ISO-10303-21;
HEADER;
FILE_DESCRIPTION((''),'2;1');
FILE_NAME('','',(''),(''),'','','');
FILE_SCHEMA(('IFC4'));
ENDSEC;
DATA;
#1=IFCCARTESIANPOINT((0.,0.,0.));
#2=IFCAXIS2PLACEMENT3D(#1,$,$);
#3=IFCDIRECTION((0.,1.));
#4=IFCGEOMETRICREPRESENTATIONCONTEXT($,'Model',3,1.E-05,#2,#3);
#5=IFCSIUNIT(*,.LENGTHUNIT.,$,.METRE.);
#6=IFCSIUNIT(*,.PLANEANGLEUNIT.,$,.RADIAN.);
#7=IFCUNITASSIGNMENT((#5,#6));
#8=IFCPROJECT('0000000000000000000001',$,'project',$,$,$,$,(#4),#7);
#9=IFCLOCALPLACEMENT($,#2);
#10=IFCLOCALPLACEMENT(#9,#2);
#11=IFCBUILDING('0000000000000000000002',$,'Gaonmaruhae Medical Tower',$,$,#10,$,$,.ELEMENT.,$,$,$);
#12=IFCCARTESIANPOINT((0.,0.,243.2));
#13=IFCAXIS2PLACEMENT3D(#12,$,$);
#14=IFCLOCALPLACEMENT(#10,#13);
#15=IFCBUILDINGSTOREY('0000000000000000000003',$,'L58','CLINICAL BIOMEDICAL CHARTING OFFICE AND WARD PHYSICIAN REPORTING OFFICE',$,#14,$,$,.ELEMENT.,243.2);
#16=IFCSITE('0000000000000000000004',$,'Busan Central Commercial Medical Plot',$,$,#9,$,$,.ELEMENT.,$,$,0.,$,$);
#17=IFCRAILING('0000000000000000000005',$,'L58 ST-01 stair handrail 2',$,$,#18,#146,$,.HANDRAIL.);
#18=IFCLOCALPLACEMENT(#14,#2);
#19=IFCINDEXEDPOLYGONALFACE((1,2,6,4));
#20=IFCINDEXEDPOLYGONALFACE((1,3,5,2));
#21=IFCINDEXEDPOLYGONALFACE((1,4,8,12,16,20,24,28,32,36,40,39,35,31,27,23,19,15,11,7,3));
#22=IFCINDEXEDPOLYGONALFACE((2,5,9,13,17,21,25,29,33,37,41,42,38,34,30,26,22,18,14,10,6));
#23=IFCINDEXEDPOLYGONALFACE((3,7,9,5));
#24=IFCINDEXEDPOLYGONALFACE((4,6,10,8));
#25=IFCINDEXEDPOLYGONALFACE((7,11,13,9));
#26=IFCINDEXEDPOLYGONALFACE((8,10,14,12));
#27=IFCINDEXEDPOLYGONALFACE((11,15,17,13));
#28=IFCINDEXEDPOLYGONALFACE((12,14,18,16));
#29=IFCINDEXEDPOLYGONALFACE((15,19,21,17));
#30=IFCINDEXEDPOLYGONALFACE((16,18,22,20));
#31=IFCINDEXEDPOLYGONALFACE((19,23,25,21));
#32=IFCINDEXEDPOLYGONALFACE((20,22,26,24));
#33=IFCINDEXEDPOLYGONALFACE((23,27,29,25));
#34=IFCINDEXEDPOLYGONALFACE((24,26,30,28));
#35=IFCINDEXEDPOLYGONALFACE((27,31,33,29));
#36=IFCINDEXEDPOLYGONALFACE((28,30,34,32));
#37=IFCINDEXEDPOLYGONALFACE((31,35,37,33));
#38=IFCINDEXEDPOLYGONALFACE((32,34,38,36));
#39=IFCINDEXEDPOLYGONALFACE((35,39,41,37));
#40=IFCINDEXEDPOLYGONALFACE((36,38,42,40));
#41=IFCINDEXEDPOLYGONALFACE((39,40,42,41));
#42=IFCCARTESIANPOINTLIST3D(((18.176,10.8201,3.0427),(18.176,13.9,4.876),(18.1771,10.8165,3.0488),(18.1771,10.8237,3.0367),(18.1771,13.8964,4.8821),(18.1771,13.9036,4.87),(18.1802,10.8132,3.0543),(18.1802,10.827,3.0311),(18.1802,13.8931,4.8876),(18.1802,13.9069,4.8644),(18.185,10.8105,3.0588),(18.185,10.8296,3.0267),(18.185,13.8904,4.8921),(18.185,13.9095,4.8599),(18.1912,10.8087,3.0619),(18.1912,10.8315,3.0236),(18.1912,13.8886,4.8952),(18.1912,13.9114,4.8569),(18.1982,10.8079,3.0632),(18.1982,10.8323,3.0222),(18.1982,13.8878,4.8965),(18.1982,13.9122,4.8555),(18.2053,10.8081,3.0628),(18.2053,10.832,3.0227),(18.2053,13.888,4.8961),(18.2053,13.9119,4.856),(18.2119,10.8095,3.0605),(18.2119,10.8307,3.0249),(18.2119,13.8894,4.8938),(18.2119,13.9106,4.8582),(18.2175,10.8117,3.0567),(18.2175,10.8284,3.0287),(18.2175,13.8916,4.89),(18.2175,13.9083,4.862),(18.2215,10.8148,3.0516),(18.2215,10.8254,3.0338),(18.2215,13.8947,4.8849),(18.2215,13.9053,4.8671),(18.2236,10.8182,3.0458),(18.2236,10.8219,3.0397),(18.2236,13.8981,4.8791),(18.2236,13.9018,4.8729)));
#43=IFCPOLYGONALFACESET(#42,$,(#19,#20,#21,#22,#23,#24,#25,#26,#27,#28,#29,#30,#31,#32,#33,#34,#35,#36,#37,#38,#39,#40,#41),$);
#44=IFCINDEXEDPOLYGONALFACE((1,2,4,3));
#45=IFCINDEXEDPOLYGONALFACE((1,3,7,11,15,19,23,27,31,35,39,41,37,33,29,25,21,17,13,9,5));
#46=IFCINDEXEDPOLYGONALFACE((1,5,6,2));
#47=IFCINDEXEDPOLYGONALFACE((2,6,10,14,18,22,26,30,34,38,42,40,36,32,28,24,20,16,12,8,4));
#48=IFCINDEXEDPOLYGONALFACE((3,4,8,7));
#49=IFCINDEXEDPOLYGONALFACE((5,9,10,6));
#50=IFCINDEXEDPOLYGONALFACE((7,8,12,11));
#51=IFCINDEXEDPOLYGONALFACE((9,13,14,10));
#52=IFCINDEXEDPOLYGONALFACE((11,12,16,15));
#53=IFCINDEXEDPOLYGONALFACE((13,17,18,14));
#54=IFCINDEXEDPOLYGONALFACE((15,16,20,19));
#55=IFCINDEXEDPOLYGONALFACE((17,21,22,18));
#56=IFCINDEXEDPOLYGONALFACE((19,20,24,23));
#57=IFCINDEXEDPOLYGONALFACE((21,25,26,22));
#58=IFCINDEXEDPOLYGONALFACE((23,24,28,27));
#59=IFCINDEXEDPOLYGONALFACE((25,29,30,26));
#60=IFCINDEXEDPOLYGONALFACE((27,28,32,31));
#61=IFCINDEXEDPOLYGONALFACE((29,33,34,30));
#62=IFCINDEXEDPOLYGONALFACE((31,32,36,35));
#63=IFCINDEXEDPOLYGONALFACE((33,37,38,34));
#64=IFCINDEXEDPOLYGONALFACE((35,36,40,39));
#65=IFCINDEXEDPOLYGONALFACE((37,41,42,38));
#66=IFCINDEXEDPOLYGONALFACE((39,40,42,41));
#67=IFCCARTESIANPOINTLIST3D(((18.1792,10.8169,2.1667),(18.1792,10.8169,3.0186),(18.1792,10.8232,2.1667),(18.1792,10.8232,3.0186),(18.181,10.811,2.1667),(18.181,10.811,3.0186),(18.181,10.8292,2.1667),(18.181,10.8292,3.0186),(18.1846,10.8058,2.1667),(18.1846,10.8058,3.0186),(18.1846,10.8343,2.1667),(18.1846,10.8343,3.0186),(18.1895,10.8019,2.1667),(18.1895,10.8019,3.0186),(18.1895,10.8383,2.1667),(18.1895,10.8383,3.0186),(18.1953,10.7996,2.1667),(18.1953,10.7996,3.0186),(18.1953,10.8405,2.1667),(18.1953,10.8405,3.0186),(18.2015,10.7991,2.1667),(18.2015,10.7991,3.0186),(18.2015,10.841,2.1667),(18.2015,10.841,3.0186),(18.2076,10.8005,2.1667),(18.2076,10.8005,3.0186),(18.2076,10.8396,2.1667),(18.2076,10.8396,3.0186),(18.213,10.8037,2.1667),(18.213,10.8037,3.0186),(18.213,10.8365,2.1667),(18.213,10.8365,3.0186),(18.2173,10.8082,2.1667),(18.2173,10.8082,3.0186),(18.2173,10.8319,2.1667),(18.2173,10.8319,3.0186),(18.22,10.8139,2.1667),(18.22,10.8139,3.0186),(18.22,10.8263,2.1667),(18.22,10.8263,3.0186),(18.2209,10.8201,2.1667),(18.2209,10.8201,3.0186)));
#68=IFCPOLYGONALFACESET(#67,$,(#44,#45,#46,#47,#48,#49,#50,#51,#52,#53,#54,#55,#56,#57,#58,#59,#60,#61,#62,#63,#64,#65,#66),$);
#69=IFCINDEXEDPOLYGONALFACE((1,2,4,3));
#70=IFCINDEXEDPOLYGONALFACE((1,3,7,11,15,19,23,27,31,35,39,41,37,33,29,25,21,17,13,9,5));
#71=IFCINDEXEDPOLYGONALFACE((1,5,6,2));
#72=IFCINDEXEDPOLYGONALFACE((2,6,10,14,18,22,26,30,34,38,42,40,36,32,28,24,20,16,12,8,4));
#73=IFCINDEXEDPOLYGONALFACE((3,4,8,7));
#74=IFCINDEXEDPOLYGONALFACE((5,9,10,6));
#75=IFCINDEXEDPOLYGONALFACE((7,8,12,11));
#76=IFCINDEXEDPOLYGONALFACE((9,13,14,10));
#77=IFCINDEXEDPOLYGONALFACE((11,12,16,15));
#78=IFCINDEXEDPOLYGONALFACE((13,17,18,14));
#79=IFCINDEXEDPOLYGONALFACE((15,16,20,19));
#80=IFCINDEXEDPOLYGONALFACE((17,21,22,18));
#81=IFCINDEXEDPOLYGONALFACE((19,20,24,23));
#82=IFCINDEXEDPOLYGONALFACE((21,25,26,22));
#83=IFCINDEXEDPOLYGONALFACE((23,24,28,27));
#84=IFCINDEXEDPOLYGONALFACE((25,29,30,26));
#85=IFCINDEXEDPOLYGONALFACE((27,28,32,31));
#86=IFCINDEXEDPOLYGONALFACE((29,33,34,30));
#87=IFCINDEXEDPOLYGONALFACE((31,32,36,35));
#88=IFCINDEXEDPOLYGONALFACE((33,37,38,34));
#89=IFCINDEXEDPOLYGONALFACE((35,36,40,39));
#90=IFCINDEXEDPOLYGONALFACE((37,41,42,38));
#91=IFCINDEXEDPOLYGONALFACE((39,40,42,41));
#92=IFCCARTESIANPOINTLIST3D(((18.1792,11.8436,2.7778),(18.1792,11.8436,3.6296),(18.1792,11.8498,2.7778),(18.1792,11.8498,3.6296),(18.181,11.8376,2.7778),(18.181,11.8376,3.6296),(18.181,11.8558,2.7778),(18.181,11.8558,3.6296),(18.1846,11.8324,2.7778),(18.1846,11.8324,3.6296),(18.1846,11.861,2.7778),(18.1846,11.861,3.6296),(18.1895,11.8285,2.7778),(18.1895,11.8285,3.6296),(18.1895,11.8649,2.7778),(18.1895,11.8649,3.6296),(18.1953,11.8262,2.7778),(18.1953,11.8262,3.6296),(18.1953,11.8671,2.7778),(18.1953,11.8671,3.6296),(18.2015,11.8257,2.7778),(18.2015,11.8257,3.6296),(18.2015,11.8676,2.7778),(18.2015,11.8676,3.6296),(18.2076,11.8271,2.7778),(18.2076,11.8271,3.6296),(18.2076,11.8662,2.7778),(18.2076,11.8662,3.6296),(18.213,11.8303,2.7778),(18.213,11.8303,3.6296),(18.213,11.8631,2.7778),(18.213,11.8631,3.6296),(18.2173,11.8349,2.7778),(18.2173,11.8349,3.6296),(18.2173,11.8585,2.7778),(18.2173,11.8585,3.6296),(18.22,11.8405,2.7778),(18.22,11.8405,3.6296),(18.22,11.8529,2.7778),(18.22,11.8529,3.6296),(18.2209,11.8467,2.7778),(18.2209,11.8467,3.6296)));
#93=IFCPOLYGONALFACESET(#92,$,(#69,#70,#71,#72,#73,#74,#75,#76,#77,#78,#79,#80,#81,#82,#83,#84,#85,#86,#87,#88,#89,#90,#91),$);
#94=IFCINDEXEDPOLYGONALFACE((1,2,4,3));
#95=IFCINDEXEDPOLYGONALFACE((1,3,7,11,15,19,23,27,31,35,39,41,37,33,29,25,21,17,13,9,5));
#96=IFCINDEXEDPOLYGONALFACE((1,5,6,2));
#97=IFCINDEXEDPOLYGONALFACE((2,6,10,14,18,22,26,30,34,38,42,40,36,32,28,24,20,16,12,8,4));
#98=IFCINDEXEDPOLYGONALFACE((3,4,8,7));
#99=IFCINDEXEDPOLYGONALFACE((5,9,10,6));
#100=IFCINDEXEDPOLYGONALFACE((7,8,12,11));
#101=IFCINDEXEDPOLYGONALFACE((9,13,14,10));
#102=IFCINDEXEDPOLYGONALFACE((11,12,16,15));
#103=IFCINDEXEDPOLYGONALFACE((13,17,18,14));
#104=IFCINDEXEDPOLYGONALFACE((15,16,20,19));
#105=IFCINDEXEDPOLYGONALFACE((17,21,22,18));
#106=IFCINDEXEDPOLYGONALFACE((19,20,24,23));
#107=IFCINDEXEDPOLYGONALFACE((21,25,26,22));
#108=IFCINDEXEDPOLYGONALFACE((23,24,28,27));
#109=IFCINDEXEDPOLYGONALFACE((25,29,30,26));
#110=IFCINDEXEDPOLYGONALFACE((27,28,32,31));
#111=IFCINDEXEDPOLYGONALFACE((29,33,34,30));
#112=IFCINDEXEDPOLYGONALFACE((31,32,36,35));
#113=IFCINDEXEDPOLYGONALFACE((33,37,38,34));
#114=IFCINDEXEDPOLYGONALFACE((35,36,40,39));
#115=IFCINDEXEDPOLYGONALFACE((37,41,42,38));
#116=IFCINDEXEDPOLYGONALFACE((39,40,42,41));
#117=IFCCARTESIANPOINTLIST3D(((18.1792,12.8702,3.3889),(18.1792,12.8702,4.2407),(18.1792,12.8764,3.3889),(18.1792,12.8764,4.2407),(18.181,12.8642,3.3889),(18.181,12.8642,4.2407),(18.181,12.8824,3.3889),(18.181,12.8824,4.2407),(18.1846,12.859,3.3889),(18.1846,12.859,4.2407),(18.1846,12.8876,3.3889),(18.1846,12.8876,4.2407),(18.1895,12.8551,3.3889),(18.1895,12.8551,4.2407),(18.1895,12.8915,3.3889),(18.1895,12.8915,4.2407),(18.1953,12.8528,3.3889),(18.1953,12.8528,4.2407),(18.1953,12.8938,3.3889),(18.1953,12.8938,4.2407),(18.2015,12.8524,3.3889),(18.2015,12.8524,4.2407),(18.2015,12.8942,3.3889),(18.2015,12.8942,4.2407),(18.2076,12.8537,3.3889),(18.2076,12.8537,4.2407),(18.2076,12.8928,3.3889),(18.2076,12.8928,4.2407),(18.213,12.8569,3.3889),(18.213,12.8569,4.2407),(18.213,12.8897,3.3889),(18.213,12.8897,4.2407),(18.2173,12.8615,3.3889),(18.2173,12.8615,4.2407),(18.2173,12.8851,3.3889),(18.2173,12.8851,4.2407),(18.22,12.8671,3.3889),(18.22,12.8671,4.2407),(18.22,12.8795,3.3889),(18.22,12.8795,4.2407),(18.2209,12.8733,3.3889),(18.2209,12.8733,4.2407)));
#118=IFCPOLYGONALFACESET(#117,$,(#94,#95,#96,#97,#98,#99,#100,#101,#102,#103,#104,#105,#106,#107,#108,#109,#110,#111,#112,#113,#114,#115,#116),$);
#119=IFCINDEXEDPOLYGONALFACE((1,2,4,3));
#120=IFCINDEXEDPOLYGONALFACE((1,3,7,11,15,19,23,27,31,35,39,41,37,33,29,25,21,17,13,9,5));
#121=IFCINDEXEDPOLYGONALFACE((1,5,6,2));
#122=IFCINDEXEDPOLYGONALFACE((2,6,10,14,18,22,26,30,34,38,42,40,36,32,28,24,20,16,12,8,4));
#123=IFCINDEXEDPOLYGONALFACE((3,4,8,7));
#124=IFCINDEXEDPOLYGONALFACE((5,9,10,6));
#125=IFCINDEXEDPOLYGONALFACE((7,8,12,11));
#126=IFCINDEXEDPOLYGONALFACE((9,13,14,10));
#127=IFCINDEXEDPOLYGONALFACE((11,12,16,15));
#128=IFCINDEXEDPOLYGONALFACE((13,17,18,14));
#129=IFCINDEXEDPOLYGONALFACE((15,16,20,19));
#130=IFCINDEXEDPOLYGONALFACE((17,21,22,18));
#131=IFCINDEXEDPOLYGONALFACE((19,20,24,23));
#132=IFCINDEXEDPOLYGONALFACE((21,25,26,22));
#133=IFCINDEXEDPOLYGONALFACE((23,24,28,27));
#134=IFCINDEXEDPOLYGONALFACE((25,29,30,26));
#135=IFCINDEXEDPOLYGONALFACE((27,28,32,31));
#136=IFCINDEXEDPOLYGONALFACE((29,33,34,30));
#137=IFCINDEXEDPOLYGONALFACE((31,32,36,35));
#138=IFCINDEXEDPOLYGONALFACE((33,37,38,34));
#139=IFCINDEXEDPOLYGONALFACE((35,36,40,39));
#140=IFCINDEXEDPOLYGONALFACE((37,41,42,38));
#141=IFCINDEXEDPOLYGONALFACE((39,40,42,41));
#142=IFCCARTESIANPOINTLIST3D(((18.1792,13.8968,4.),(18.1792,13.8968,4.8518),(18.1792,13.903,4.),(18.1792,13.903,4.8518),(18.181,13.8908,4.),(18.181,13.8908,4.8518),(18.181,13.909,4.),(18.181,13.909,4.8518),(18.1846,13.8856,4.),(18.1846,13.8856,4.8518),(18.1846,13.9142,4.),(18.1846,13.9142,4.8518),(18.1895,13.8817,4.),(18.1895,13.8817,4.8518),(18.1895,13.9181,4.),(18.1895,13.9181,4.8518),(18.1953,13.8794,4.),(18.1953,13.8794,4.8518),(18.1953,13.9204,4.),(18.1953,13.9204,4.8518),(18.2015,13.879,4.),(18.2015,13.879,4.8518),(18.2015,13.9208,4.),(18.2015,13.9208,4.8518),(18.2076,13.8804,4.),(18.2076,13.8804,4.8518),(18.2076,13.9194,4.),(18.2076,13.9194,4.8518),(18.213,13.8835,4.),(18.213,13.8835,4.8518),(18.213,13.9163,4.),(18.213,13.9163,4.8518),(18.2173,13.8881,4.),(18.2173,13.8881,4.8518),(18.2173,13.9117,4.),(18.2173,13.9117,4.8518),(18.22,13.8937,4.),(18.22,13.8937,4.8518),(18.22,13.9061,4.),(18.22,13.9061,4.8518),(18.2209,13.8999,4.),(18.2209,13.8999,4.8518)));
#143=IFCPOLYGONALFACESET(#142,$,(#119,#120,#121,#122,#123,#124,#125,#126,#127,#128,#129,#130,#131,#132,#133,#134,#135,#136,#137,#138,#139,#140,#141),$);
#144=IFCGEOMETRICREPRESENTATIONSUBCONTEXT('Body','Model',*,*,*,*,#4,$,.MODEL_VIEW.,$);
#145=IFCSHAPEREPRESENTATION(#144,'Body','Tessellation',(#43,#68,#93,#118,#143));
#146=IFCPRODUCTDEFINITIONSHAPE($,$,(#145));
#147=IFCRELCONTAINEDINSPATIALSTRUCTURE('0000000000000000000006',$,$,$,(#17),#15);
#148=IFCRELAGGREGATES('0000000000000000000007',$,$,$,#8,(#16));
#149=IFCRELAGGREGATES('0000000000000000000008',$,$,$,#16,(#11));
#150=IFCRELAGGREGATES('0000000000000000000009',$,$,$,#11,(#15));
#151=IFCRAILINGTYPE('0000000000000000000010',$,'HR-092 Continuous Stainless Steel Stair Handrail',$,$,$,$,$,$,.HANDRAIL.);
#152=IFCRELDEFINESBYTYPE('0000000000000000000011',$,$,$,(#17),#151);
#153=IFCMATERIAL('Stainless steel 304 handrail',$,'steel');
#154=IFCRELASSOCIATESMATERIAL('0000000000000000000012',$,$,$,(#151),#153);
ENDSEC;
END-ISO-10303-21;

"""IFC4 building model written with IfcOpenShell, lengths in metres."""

from ifc_helpers import new_model, si_unit, direction, frame, origin, origin_2d, place, context, subcontext, project, spatial, circle, extrude, material, type_object, element, save


model = new_model("IFC4")

# Units and contexts
model_context = context("Model", 3, precision=1e-05, world=origin(), true_north=direction((0.0, 1.0)))
body_context = subcontext(model_context, "Body", "Model", "MODEL_VIEW")
ifc_project = project(units=[si_unit("LENGTHUNIT", "METRE"), si_unit("PLANEANGLEUNIT", "RADIAN")], contexts=[model_context])

# Site, building, storey
site_placement = place(None, origin())
site = spatial("IfcSite", under=ifc_project, at=site_placement, Name="Busan Central Commercial Medical Plot", CompositionType="ELEMENT", RefElevation=0.0)
building_placement = place(site_placement, origin())
building = spatial("IfcBuilding", under=site, at=building_placement, Name="Gaonmaruhae Medical Tower", CompositionType="ELEMENT")
storey_placement = place(building_placement, frame((0.0, 0.0, 243.2)))
storey = spatial("IfcBuildingStorey", under=building, at=storey_placement, Name="L58", Description="CLINICAL BIOMEDICAL CHARTING OFFICE AND WARD PHYSICIAN REPORTING OFFICE", CompositionType="ELEMENT", Elevation=243.2)

# Railing
ifc_material_1 = material(Name="Stainless steel 304 handrail", Category="steel")
railing_type_1 = type_object("IfcRailingType", Name="HR-092 Continuous Stainless Steel Stair Handrail", PredefinedType="HANDRAIL", material=ifc_material_1)
railing_1_placement = place(storey_placement, frame((18.2, 10.8201, 2.1667)))
element("IfcRailing", 1, at=railing_1_placement, inside=storey, type_object=railing_type_1, Name="L58 ST-01 stair handrail 2", PredefinedType="HANDRAIL", context=body_context, shape_type="SweptSolid", body=[
    extrude(circle(Radius=0.0239, at=origin_2d()), frame((0.0, 0.0, 0.876), z_axis=(0.0, 0.859291, 0.511487), x_axis=(-1.0, 0.0, 0.0)), (0.0, 0.0, 1.0), 3.5842),
    extrude(circle(Radius=0.021, at=origin_2d()), origin(), (0.0, 0.0, 1.0), 0.8518),
    extrude(circle(Radius=0.021, at=origin_2d()), frame((0.0, 1.0266, 0.6111)), (0.0, 0.0, 1.0), 0.8518),
    extrude(circle(Radius=0.021, at=origin_2d()), frame((0.0, 2.0532, 1.2222)), (0.0, 0.0, 1.0), 0.8518),
    extrude(circle(Radius=0.021, at=origin_2d()), frame((0.0, 3.0798, 1.8333)), (0.0, 0.0, 1.0), 0.8518),
])

save(model, "model.ifc")
